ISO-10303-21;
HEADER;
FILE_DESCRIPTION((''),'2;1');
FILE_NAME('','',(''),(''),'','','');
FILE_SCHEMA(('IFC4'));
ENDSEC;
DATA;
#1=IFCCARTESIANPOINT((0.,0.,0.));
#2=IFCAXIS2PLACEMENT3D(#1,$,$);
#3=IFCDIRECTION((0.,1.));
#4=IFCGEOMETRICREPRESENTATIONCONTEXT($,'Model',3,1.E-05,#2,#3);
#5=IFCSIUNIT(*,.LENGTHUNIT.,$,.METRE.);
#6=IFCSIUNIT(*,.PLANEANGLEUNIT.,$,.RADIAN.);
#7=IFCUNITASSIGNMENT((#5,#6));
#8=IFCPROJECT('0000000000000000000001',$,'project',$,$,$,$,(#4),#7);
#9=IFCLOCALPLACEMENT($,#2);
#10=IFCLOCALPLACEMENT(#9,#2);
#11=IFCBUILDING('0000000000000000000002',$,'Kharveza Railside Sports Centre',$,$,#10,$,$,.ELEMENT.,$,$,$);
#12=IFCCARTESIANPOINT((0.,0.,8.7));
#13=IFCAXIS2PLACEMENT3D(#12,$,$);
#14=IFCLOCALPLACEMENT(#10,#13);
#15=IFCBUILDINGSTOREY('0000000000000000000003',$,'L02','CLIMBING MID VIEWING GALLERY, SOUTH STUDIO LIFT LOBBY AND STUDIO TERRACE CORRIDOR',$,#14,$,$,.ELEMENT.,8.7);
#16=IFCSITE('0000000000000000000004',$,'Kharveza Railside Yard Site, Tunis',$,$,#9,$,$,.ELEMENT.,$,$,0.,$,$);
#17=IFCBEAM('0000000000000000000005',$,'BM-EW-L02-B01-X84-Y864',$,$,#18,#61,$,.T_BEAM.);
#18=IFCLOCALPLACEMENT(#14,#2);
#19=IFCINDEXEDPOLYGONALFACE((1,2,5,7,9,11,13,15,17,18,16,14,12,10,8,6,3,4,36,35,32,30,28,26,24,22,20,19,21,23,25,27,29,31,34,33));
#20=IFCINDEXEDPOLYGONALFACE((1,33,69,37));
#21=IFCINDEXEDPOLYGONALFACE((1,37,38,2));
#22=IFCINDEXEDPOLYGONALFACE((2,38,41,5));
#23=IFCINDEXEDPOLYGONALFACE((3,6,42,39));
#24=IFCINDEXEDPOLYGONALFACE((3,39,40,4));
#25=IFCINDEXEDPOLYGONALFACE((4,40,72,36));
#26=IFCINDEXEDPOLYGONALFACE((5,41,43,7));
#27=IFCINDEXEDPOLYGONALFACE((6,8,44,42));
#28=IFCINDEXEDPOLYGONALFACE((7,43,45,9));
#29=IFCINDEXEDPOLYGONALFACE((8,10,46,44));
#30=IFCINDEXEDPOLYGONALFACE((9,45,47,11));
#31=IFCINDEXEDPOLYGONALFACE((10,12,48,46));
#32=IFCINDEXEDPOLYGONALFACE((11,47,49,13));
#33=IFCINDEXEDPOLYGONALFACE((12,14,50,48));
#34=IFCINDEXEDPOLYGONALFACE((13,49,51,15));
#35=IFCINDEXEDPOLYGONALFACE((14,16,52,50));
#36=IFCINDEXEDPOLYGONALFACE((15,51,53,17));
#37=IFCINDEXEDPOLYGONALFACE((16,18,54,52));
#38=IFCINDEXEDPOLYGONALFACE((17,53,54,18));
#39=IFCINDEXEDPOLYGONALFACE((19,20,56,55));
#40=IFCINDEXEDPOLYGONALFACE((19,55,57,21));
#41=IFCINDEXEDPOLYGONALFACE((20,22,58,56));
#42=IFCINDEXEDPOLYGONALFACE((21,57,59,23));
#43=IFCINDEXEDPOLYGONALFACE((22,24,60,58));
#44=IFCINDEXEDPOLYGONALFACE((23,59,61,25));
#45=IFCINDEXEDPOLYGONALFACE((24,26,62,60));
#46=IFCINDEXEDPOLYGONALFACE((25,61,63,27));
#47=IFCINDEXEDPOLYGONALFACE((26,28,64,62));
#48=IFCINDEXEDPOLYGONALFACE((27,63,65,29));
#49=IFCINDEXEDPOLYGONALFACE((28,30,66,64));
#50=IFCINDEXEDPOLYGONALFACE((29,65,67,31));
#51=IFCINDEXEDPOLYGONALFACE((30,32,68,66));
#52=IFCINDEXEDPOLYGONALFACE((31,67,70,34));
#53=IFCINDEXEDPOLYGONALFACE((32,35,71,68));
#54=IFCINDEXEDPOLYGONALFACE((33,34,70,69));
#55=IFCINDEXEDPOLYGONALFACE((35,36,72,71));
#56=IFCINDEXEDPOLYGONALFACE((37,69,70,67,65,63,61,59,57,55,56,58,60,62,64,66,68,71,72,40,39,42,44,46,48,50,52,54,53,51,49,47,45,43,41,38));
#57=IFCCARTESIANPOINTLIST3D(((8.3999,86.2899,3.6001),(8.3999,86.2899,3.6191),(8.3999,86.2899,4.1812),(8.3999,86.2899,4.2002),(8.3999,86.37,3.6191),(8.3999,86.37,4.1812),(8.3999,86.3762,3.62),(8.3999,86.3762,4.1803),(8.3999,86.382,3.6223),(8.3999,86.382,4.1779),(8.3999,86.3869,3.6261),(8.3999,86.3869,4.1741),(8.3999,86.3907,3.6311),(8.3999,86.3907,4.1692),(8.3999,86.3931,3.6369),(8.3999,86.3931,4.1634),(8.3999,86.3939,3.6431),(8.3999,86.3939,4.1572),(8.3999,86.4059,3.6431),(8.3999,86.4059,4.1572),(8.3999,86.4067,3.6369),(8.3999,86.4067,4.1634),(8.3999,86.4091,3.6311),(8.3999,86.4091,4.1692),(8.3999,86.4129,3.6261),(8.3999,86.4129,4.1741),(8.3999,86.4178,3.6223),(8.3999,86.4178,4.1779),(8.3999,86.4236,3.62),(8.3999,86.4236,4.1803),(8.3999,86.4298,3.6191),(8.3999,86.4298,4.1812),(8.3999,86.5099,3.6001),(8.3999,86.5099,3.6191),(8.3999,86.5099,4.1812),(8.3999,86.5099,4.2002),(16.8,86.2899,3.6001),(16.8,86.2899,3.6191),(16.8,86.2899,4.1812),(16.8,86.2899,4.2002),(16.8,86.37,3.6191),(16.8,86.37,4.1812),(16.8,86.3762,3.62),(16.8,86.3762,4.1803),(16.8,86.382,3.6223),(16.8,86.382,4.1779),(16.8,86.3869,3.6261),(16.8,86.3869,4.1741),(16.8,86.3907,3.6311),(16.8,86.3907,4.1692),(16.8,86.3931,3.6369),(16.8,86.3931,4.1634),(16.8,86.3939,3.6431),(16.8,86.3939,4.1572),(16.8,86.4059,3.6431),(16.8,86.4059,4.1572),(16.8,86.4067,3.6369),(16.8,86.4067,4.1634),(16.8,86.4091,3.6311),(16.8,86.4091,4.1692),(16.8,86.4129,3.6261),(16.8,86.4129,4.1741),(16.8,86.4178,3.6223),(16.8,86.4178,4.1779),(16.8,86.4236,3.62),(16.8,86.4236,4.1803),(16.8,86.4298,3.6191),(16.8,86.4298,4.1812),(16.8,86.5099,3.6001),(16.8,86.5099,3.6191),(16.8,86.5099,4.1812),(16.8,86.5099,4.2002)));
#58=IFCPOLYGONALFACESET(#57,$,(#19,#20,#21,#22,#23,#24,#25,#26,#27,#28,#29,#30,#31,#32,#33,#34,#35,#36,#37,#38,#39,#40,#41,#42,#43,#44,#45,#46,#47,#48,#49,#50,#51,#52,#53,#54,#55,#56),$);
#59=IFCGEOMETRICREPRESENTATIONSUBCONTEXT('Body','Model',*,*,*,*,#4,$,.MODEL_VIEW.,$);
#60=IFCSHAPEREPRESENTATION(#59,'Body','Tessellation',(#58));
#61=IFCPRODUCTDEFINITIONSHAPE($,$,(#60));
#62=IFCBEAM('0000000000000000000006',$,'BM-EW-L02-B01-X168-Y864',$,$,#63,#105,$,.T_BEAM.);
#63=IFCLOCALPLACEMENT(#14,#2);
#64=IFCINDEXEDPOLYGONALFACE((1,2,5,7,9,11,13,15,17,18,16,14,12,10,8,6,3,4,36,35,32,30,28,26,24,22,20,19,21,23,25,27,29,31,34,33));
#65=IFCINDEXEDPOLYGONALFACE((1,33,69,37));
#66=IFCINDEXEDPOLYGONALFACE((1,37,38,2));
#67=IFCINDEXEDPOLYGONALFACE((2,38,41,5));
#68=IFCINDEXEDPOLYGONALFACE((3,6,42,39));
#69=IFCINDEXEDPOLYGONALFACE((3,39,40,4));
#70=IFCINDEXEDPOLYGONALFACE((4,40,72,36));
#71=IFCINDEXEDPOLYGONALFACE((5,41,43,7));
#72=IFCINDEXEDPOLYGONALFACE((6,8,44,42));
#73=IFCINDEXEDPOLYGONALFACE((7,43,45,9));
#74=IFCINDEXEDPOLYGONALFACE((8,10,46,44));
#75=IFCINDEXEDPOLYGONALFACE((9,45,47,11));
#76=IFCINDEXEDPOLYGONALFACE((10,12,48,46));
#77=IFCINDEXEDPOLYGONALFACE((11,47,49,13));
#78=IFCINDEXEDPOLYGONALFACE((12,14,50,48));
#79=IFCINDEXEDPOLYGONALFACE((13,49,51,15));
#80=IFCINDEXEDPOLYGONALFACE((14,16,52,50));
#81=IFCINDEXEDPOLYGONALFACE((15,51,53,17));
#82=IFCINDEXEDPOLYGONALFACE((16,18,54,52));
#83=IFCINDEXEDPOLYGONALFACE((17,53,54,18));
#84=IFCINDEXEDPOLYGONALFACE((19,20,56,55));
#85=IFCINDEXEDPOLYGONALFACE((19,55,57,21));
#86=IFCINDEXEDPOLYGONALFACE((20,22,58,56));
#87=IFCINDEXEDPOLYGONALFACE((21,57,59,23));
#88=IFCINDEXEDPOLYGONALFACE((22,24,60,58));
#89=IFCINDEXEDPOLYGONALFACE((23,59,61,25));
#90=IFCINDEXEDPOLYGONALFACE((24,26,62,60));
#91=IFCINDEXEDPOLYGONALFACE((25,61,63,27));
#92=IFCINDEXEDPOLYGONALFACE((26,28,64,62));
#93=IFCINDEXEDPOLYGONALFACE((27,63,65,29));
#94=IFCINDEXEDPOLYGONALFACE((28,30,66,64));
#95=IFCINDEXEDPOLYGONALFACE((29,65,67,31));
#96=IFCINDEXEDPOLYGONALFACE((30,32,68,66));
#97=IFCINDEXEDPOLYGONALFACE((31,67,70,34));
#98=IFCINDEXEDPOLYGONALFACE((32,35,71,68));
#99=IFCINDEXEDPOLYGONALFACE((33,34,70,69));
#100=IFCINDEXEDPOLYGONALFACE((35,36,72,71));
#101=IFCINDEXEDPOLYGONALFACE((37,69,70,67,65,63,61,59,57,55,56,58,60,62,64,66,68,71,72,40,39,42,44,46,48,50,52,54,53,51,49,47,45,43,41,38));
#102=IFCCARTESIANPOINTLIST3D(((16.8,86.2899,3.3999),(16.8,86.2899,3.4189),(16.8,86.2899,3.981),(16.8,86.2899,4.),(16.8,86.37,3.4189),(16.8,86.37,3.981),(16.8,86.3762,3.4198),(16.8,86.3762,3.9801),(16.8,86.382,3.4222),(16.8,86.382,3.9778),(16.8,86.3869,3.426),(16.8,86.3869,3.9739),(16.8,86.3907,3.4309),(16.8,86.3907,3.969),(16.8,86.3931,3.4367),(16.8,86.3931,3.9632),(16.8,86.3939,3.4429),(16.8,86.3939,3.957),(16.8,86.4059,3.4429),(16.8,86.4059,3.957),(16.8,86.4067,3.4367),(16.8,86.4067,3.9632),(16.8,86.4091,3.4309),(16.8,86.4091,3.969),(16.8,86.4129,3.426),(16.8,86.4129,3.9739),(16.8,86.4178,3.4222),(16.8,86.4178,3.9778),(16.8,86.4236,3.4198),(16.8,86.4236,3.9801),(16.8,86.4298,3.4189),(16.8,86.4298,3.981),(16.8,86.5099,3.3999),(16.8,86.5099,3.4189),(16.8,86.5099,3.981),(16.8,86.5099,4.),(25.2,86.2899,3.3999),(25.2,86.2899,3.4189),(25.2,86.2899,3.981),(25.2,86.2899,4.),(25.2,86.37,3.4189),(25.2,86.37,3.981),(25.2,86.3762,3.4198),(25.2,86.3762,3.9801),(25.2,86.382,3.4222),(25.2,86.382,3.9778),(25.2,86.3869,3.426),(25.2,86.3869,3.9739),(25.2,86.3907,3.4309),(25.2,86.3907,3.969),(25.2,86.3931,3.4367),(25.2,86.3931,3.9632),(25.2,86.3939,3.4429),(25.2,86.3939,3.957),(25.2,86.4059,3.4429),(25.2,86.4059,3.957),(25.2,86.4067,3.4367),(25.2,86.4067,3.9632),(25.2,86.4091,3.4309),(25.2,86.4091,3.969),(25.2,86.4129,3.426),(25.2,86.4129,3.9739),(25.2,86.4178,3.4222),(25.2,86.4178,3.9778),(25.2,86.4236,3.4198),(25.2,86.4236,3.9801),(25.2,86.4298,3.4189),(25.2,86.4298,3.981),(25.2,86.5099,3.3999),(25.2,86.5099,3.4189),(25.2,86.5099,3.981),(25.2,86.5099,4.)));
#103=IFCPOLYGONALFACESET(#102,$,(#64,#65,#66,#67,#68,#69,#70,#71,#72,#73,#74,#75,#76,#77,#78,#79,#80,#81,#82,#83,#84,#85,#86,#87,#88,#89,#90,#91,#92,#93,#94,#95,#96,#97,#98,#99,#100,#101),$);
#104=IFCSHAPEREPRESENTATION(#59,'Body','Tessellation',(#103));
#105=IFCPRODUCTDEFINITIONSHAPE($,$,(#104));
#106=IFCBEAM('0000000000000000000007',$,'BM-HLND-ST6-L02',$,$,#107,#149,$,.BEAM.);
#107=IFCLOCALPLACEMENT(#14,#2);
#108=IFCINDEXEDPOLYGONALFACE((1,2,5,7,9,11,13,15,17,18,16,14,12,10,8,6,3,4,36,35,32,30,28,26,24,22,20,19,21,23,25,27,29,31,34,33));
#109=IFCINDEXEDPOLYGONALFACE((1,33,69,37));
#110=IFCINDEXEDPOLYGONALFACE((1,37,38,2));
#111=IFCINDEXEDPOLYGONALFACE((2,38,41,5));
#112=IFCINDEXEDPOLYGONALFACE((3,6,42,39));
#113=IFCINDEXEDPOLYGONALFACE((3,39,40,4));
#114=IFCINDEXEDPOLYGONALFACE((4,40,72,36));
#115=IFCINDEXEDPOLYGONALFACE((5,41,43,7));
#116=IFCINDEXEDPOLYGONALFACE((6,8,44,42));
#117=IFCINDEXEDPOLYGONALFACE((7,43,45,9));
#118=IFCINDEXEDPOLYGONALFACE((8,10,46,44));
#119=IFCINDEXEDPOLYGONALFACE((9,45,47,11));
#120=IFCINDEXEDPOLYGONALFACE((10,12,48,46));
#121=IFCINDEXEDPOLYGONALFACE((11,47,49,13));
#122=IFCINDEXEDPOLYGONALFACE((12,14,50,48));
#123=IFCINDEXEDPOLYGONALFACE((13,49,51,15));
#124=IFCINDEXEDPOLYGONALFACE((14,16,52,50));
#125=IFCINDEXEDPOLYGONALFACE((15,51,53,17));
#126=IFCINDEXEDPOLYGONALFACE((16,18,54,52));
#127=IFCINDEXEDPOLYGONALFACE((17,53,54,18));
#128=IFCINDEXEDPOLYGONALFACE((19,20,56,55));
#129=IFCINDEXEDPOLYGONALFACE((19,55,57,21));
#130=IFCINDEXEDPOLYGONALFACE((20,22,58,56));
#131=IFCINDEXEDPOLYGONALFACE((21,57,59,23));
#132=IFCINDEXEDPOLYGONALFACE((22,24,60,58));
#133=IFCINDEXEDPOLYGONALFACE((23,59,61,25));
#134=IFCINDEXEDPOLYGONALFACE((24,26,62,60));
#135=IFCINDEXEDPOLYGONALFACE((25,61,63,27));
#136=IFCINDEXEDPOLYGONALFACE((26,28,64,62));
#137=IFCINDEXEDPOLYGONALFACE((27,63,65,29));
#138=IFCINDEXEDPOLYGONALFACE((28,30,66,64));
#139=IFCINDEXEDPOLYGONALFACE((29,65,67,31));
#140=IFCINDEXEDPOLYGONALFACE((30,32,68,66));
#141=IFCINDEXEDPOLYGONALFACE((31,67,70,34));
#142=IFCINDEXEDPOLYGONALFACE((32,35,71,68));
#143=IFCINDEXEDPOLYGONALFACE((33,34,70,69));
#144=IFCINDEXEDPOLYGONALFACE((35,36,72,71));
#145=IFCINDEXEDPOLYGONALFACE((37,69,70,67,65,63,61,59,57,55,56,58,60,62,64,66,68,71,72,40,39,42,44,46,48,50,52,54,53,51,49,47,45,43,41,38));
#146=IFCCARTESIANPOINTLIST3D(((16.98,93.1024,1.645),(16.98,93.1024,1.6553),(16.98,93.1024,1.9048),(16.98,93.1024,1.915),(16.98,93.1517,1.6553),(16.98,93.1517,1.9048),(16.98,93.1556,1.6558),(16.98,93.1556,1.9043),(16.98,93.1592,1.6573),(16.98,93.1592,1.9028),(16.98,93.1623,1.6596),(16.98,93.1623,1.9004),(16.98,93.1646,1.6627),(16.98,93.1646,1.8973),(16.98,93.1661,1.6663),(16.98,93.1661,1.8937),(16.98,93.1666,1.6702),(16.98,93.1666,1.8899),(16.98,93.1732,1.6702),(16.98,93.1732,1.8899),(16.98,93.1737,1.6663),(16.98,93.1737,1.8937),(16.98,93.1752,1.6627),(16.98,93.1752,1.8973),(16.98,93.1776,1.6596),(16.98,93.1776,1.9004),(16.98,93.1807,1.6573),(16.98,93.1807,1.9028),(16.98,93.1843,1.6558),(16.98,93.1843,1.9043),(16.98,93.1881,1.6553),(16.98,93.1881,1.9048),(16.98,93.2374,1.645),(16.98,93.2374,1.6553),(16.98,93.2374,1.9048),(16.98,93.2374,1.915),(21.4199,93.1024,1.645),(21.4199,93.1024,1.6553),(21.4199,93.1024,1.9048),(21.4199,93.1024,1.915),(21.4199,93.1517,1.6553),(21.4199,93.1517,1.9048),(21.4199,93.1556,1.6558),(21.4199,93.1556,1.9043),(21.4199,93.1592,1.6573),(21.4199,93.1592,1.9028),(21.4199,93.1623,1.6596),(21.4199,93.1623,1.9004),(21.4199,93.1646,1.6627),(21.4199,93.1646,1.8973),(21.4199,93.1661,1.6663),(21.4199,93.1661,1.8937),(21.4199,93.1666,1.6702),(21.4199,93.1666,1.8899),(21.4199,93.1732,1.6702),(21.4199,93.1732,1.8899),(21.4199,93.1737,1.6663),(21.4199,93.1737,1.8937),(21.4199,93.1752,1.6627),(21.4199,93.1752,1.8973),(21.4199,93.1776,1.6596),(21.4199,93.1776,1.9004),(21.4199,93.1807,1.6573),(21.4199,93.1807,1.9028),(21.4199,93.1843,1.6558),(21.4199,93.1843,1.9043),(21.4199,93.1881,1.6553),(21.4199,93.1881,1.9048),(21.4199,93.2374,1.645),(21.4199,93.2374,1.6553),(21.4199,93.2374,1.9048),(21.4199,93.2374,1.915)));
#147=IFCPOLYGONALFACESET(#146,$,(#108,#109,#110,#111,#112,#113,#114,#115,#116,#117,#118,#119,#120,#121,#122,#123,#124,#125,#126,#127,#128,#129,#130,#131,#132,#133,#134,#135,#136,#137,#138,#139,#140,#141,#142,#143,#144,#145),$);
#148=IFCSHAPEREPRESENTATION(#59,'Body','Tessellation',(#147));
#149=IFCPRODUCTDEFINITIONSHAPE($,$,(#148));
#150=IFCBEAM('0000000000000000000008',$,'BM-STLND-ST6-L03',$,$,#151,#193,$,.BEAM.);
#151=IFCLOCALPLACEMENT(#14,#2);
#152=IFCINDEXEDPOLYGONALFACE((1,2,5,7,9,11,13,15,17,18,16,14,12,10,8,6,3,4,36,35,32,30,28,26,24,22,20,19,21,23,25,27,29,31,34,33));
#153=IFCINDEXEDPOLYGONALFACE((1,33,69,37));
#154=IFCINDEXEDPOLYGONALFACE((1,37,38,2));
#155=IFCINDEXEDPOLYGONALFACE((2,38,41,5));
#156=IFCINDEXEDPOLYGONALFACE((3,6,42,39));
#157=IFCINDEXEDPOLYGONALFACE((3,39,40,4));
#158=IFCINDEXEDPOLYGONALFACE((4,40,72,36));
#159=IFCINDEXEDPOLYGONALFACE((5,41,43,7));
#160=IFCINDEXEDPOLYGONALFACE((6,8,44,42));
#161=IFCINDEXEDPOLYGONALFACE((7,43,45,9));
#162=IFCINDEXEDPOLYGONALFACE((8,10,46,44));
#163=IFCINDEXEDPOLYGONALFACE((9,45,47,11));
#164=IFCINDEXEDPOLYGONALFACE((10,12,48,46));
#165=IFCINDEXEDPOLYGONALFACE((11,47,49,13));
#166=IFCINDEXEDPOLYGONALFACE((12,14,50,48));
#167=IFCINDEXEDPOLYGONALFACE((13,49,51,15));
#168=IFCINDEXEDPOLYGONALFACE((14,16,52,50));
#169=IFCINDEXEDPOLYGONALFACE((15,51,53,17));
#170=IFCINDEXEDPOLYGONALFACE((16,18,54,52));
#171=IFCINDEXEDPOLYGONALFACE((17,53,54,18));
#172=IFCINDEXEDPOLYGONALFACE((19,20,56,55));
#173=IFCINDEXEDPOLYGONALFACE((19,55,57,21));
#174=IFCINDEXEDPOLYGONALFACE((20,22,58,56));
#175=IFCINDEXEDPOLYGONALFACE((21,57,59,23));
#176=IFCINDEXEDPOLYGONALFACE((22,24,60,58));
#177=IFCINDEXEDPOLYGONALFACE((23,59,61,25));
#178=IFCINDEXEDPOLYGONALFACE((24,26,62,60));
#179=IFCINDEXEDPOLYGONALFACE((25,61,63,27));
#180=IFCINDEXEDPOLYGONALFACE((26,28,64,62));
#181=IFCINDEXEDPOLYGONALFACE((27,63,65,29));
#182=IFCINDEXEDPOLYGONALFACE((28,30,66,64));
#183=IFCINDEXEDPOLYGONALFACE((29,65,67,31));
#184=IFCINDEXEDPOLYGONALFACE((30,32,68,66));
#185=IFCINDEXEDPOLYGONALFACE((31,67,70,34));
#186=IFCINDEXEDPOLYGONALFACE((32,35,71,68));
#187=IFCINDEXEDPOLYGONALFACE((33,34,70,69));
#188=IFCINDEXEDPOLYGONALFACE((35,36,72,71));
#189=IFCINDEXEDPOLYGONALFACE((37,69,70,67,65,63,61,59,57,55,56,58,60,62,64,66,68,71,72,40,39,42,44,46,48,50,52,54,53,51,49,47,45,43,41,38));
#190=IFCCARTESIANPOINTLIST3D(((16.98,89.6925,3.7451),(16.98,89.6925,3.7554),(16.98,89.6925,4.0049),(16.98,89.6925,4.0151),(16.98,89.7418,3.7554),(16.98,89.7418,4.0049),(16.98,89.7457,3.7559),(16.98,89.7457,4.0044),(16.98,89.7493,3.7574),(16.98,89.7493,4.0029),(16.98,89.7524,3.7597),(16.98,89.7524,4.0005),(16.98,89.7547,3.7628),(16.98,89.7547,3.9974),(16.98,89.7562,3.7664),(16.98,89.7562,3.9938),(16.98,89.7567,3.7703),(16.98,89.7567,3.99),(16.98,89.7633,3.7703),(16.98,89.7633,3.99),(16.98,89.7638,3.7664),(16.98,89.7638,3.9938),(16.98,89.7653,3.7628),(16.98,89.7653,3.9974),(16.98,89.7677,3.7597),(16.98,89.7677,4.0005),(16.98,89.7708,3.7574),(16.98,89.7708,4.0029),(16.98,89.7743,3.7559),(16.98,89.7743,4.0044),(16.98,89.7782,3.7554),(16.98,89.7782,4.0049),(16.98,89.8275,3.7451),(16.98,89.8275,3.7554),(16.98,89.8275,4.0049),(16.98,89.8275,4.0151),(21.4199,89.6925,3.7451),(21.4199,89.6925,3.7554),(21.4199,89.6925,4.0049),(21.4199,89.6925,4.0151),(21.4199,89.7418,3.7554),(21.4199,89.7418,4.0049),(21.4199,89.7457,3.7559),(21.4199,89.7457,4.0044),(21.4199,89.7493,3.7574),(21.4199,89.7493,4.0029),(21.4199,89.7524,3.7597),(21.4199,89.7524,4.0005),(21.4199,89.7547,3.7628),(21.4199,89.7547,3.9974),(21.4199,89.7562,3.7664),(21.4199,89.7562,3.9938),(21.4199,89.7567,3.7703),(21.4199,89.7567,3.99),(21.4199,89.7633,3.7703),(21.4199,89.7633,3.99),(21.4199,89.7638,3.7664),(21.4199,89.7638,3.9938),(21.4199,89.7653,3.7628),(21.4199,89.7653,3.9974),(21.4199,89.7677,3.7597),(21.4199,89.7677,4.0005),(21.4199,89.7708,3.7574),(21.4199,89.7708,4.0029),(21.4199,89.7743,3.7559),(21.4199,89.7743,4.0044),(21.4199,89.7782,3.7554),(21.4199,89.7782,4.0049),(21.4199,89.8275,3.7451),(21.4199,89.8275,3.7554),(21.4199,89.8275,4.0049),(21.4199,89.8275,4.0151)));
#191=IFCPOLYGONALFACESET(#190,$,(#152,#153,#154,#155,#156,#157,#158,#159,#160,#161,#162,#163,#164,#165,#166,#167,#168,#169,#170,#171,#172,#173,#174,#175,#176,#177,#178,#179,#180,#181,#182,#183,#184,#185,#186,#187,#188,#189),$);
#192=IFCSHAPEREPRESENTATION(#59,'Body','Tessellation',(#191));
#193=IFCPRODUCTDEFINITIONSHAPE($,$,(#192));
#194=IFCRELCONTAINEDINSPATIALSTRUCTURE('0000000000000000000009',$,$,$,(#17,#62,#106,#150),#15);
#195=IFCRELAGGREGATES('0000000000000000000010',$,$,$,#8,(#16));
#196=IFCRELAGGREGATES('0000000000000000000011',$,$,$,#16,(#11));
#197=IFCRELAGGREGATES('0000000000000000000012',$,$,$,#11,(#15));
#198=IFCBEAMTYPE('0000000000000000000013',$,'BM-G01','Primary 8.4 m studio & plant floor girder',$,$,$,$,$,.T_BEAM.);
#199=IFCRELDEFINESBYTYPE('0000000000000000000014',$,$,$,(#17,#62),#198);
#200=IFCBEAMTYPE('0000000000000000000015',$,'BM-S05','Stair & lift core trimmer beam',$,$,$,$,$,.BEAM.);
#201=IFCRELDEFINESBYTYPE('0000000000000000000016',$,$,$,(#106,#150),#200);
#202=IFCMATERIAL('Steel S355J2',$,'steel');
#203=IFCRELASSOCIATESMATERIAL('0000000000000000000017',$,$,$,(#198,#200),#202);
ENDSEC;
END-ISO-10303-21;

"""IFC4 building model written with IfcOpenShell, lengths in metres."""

from ifc_helpers import new_model, si_unit, direction, frame, origin, origin_2d, place, context, subcontext, project, spatial, i_section, extrude, material, material_profile, profile_set, type_object, element, save


model = new_model("IFC4")

# Units and contexts
model_context = context("Model", 3, precision=1e-05, world=origin(), true_north=direction((0.0, 1.0)))
body_context = subcontext(model_context, "Body", "Model", "MODEL_VIEW")
ifc_project = project(units=[si_unit("LENGTHUNIT", "METRE"), si_unit("PLANEANGLEUNIT", "RADIAN")], contexts=[model_context])

# Site, building, storey
site_placement = place(None, origin())
site = spatial("IfcSite", under=ifc_project, at=site_placement, Name="Kharveza Railside Yard Site, Tunis", CompositionType="ELEMENT", RefElevation=0.0)
building_placement = place(site_placement, origin())
building = spatial("IfcBuilding", under=site, at=building_placement, Name="Kharveza Railside Sports Centre", CompositionType="ELEMENT")
storey_placement = place(building_placement, frame((0.0, 0.0, 8.7)))
storey = spatial("IfcBuildingStorey", under=building, at=storey_placement, Name="L02", Description="CLIMBING MID VIEWING GALLERY, SOUTH STUDIO LIFT LOBBY AND STUDIO TERRACE CORRIDOR", CompositionType="ELEMENT", Elevation=8.7)

# Shared definitions
ifc_material_1 = material(Name="Steel S355J2", Category="steel")

# Beams
ifc_material_profile_1 = material_profile(ifc_material_1, i_section(OverallWidth=0.22, OverallDepth=0.6001, WebThickness=0.012, FlangeThickness=0.019, FilletRadius=0.0239, at=origin_2d()), Name="IPE 600")
ifc_profile_set_1 = profile_set([ifc_material_profile_1], Name="Steel S355J2")
beam_type_1 = type_object("IfcBeamType", Name="BM-G01", Description="Primary 8.4 m studio & plant floor girder", PredefinedType="T_BEAM", material=ifc_profile_set_1)
beam_1_placement = place(storey_placement, frame((8.3999, 86.3999, 3.9001), z_axis=(1.0, 0.0, 0.0), x_axis=(0.0, 1.0, 0.0)))
element("IfcBeam", 1, at=beam_1_placement, inside=storey, type_object=beam_type_1, Name="BM-EW-L02-B01-X84-Y864", PredefinedType="T_BEAM", context=body_context, shape_type="SweptSolid", body=[
    extrude(i_section(OverallWidth=0.22, OverallDepth=0.6001, WebThickness=0.012, FlangeThickness=0.019, FilletRadius=0.0239, at=origin_2d()), origin(), (0.0, 0.0, 1.0), 8.4001),
])
beam_2_placement = place(storey_placement, frame((16.8, 86.3999, 3.7), z_axis=(1.0, 0.0, 0.0), x_axis=(0.0, 1.0, 0.0)))
element("IfcBeam", 2, at=beam_2_placement, inside=storey, type_object=beam_type_1, Name="BM-EW-L02-B01-X168-Y864", PredefinedType="T_BEAM", context=body_context, shape_type="SweptSolid", body=[
    extrude(i_section(OverallWidth=0.22, OverallDepth=0.6001, WebThickness=0.012, FlangeThickness=0.019, FilletRadius=0.0239, at=origin_2d()), origin(), (0.0, 0.0, 1.0), 8.3999),
])
ifc_material_profile_2 = material_profile(ifc_material_1, i_section(OverallWidth=0.135, OverallDepth=0.27, WebThickness=0.0066, FlangeThickness=0.0103, FilletRadius=0.0149, at=origin_2d()), Name="IPE 270")
ifc_profile_set_2 = profile_set([ifc_material_profile_2], Name="Steel S355J2")
beam_type_2 = type_object("IfcBeamType", Name="BM-S05", Description="Stair & lift core trimmer beam", PredefinedType="BEAM", material=ifc_profile_set_2)
for number, where, z_axis, x_axis, name in (
    (3, (16.98, 93.1699, 1.78), (1.0, 0.0, 0.0), (0.0, 1.0, 0.0), "BM-HLND-ST6-L02"),
    (4, (16.98, 89.76, 3.8801), (1.0, 0.0, 0.0), (0.0, 1.0, 0.0), "BM-STLND-ST6-L03"),
):
    element("IfcBeam", number, at=place(storey_placement, frame(where, z_axis=z_axis, x_axis=x_axis)), inside=storey, type_object=beam_type_2, Name=name, PredefinedType="BEAM", context=body_context, shape_type="SweptSolid", body=[
        extrude(i_section(OverallWidth=0.135, OverallDepth=0.27, WebThickness=0.0066, FlangeThickness=0.0103, FilletRadius=0.0149, at=origin_2d()), origin(), (0.0, 0.0, 1.0), 4.4399),
    ])

save(model, "model.ifc")
